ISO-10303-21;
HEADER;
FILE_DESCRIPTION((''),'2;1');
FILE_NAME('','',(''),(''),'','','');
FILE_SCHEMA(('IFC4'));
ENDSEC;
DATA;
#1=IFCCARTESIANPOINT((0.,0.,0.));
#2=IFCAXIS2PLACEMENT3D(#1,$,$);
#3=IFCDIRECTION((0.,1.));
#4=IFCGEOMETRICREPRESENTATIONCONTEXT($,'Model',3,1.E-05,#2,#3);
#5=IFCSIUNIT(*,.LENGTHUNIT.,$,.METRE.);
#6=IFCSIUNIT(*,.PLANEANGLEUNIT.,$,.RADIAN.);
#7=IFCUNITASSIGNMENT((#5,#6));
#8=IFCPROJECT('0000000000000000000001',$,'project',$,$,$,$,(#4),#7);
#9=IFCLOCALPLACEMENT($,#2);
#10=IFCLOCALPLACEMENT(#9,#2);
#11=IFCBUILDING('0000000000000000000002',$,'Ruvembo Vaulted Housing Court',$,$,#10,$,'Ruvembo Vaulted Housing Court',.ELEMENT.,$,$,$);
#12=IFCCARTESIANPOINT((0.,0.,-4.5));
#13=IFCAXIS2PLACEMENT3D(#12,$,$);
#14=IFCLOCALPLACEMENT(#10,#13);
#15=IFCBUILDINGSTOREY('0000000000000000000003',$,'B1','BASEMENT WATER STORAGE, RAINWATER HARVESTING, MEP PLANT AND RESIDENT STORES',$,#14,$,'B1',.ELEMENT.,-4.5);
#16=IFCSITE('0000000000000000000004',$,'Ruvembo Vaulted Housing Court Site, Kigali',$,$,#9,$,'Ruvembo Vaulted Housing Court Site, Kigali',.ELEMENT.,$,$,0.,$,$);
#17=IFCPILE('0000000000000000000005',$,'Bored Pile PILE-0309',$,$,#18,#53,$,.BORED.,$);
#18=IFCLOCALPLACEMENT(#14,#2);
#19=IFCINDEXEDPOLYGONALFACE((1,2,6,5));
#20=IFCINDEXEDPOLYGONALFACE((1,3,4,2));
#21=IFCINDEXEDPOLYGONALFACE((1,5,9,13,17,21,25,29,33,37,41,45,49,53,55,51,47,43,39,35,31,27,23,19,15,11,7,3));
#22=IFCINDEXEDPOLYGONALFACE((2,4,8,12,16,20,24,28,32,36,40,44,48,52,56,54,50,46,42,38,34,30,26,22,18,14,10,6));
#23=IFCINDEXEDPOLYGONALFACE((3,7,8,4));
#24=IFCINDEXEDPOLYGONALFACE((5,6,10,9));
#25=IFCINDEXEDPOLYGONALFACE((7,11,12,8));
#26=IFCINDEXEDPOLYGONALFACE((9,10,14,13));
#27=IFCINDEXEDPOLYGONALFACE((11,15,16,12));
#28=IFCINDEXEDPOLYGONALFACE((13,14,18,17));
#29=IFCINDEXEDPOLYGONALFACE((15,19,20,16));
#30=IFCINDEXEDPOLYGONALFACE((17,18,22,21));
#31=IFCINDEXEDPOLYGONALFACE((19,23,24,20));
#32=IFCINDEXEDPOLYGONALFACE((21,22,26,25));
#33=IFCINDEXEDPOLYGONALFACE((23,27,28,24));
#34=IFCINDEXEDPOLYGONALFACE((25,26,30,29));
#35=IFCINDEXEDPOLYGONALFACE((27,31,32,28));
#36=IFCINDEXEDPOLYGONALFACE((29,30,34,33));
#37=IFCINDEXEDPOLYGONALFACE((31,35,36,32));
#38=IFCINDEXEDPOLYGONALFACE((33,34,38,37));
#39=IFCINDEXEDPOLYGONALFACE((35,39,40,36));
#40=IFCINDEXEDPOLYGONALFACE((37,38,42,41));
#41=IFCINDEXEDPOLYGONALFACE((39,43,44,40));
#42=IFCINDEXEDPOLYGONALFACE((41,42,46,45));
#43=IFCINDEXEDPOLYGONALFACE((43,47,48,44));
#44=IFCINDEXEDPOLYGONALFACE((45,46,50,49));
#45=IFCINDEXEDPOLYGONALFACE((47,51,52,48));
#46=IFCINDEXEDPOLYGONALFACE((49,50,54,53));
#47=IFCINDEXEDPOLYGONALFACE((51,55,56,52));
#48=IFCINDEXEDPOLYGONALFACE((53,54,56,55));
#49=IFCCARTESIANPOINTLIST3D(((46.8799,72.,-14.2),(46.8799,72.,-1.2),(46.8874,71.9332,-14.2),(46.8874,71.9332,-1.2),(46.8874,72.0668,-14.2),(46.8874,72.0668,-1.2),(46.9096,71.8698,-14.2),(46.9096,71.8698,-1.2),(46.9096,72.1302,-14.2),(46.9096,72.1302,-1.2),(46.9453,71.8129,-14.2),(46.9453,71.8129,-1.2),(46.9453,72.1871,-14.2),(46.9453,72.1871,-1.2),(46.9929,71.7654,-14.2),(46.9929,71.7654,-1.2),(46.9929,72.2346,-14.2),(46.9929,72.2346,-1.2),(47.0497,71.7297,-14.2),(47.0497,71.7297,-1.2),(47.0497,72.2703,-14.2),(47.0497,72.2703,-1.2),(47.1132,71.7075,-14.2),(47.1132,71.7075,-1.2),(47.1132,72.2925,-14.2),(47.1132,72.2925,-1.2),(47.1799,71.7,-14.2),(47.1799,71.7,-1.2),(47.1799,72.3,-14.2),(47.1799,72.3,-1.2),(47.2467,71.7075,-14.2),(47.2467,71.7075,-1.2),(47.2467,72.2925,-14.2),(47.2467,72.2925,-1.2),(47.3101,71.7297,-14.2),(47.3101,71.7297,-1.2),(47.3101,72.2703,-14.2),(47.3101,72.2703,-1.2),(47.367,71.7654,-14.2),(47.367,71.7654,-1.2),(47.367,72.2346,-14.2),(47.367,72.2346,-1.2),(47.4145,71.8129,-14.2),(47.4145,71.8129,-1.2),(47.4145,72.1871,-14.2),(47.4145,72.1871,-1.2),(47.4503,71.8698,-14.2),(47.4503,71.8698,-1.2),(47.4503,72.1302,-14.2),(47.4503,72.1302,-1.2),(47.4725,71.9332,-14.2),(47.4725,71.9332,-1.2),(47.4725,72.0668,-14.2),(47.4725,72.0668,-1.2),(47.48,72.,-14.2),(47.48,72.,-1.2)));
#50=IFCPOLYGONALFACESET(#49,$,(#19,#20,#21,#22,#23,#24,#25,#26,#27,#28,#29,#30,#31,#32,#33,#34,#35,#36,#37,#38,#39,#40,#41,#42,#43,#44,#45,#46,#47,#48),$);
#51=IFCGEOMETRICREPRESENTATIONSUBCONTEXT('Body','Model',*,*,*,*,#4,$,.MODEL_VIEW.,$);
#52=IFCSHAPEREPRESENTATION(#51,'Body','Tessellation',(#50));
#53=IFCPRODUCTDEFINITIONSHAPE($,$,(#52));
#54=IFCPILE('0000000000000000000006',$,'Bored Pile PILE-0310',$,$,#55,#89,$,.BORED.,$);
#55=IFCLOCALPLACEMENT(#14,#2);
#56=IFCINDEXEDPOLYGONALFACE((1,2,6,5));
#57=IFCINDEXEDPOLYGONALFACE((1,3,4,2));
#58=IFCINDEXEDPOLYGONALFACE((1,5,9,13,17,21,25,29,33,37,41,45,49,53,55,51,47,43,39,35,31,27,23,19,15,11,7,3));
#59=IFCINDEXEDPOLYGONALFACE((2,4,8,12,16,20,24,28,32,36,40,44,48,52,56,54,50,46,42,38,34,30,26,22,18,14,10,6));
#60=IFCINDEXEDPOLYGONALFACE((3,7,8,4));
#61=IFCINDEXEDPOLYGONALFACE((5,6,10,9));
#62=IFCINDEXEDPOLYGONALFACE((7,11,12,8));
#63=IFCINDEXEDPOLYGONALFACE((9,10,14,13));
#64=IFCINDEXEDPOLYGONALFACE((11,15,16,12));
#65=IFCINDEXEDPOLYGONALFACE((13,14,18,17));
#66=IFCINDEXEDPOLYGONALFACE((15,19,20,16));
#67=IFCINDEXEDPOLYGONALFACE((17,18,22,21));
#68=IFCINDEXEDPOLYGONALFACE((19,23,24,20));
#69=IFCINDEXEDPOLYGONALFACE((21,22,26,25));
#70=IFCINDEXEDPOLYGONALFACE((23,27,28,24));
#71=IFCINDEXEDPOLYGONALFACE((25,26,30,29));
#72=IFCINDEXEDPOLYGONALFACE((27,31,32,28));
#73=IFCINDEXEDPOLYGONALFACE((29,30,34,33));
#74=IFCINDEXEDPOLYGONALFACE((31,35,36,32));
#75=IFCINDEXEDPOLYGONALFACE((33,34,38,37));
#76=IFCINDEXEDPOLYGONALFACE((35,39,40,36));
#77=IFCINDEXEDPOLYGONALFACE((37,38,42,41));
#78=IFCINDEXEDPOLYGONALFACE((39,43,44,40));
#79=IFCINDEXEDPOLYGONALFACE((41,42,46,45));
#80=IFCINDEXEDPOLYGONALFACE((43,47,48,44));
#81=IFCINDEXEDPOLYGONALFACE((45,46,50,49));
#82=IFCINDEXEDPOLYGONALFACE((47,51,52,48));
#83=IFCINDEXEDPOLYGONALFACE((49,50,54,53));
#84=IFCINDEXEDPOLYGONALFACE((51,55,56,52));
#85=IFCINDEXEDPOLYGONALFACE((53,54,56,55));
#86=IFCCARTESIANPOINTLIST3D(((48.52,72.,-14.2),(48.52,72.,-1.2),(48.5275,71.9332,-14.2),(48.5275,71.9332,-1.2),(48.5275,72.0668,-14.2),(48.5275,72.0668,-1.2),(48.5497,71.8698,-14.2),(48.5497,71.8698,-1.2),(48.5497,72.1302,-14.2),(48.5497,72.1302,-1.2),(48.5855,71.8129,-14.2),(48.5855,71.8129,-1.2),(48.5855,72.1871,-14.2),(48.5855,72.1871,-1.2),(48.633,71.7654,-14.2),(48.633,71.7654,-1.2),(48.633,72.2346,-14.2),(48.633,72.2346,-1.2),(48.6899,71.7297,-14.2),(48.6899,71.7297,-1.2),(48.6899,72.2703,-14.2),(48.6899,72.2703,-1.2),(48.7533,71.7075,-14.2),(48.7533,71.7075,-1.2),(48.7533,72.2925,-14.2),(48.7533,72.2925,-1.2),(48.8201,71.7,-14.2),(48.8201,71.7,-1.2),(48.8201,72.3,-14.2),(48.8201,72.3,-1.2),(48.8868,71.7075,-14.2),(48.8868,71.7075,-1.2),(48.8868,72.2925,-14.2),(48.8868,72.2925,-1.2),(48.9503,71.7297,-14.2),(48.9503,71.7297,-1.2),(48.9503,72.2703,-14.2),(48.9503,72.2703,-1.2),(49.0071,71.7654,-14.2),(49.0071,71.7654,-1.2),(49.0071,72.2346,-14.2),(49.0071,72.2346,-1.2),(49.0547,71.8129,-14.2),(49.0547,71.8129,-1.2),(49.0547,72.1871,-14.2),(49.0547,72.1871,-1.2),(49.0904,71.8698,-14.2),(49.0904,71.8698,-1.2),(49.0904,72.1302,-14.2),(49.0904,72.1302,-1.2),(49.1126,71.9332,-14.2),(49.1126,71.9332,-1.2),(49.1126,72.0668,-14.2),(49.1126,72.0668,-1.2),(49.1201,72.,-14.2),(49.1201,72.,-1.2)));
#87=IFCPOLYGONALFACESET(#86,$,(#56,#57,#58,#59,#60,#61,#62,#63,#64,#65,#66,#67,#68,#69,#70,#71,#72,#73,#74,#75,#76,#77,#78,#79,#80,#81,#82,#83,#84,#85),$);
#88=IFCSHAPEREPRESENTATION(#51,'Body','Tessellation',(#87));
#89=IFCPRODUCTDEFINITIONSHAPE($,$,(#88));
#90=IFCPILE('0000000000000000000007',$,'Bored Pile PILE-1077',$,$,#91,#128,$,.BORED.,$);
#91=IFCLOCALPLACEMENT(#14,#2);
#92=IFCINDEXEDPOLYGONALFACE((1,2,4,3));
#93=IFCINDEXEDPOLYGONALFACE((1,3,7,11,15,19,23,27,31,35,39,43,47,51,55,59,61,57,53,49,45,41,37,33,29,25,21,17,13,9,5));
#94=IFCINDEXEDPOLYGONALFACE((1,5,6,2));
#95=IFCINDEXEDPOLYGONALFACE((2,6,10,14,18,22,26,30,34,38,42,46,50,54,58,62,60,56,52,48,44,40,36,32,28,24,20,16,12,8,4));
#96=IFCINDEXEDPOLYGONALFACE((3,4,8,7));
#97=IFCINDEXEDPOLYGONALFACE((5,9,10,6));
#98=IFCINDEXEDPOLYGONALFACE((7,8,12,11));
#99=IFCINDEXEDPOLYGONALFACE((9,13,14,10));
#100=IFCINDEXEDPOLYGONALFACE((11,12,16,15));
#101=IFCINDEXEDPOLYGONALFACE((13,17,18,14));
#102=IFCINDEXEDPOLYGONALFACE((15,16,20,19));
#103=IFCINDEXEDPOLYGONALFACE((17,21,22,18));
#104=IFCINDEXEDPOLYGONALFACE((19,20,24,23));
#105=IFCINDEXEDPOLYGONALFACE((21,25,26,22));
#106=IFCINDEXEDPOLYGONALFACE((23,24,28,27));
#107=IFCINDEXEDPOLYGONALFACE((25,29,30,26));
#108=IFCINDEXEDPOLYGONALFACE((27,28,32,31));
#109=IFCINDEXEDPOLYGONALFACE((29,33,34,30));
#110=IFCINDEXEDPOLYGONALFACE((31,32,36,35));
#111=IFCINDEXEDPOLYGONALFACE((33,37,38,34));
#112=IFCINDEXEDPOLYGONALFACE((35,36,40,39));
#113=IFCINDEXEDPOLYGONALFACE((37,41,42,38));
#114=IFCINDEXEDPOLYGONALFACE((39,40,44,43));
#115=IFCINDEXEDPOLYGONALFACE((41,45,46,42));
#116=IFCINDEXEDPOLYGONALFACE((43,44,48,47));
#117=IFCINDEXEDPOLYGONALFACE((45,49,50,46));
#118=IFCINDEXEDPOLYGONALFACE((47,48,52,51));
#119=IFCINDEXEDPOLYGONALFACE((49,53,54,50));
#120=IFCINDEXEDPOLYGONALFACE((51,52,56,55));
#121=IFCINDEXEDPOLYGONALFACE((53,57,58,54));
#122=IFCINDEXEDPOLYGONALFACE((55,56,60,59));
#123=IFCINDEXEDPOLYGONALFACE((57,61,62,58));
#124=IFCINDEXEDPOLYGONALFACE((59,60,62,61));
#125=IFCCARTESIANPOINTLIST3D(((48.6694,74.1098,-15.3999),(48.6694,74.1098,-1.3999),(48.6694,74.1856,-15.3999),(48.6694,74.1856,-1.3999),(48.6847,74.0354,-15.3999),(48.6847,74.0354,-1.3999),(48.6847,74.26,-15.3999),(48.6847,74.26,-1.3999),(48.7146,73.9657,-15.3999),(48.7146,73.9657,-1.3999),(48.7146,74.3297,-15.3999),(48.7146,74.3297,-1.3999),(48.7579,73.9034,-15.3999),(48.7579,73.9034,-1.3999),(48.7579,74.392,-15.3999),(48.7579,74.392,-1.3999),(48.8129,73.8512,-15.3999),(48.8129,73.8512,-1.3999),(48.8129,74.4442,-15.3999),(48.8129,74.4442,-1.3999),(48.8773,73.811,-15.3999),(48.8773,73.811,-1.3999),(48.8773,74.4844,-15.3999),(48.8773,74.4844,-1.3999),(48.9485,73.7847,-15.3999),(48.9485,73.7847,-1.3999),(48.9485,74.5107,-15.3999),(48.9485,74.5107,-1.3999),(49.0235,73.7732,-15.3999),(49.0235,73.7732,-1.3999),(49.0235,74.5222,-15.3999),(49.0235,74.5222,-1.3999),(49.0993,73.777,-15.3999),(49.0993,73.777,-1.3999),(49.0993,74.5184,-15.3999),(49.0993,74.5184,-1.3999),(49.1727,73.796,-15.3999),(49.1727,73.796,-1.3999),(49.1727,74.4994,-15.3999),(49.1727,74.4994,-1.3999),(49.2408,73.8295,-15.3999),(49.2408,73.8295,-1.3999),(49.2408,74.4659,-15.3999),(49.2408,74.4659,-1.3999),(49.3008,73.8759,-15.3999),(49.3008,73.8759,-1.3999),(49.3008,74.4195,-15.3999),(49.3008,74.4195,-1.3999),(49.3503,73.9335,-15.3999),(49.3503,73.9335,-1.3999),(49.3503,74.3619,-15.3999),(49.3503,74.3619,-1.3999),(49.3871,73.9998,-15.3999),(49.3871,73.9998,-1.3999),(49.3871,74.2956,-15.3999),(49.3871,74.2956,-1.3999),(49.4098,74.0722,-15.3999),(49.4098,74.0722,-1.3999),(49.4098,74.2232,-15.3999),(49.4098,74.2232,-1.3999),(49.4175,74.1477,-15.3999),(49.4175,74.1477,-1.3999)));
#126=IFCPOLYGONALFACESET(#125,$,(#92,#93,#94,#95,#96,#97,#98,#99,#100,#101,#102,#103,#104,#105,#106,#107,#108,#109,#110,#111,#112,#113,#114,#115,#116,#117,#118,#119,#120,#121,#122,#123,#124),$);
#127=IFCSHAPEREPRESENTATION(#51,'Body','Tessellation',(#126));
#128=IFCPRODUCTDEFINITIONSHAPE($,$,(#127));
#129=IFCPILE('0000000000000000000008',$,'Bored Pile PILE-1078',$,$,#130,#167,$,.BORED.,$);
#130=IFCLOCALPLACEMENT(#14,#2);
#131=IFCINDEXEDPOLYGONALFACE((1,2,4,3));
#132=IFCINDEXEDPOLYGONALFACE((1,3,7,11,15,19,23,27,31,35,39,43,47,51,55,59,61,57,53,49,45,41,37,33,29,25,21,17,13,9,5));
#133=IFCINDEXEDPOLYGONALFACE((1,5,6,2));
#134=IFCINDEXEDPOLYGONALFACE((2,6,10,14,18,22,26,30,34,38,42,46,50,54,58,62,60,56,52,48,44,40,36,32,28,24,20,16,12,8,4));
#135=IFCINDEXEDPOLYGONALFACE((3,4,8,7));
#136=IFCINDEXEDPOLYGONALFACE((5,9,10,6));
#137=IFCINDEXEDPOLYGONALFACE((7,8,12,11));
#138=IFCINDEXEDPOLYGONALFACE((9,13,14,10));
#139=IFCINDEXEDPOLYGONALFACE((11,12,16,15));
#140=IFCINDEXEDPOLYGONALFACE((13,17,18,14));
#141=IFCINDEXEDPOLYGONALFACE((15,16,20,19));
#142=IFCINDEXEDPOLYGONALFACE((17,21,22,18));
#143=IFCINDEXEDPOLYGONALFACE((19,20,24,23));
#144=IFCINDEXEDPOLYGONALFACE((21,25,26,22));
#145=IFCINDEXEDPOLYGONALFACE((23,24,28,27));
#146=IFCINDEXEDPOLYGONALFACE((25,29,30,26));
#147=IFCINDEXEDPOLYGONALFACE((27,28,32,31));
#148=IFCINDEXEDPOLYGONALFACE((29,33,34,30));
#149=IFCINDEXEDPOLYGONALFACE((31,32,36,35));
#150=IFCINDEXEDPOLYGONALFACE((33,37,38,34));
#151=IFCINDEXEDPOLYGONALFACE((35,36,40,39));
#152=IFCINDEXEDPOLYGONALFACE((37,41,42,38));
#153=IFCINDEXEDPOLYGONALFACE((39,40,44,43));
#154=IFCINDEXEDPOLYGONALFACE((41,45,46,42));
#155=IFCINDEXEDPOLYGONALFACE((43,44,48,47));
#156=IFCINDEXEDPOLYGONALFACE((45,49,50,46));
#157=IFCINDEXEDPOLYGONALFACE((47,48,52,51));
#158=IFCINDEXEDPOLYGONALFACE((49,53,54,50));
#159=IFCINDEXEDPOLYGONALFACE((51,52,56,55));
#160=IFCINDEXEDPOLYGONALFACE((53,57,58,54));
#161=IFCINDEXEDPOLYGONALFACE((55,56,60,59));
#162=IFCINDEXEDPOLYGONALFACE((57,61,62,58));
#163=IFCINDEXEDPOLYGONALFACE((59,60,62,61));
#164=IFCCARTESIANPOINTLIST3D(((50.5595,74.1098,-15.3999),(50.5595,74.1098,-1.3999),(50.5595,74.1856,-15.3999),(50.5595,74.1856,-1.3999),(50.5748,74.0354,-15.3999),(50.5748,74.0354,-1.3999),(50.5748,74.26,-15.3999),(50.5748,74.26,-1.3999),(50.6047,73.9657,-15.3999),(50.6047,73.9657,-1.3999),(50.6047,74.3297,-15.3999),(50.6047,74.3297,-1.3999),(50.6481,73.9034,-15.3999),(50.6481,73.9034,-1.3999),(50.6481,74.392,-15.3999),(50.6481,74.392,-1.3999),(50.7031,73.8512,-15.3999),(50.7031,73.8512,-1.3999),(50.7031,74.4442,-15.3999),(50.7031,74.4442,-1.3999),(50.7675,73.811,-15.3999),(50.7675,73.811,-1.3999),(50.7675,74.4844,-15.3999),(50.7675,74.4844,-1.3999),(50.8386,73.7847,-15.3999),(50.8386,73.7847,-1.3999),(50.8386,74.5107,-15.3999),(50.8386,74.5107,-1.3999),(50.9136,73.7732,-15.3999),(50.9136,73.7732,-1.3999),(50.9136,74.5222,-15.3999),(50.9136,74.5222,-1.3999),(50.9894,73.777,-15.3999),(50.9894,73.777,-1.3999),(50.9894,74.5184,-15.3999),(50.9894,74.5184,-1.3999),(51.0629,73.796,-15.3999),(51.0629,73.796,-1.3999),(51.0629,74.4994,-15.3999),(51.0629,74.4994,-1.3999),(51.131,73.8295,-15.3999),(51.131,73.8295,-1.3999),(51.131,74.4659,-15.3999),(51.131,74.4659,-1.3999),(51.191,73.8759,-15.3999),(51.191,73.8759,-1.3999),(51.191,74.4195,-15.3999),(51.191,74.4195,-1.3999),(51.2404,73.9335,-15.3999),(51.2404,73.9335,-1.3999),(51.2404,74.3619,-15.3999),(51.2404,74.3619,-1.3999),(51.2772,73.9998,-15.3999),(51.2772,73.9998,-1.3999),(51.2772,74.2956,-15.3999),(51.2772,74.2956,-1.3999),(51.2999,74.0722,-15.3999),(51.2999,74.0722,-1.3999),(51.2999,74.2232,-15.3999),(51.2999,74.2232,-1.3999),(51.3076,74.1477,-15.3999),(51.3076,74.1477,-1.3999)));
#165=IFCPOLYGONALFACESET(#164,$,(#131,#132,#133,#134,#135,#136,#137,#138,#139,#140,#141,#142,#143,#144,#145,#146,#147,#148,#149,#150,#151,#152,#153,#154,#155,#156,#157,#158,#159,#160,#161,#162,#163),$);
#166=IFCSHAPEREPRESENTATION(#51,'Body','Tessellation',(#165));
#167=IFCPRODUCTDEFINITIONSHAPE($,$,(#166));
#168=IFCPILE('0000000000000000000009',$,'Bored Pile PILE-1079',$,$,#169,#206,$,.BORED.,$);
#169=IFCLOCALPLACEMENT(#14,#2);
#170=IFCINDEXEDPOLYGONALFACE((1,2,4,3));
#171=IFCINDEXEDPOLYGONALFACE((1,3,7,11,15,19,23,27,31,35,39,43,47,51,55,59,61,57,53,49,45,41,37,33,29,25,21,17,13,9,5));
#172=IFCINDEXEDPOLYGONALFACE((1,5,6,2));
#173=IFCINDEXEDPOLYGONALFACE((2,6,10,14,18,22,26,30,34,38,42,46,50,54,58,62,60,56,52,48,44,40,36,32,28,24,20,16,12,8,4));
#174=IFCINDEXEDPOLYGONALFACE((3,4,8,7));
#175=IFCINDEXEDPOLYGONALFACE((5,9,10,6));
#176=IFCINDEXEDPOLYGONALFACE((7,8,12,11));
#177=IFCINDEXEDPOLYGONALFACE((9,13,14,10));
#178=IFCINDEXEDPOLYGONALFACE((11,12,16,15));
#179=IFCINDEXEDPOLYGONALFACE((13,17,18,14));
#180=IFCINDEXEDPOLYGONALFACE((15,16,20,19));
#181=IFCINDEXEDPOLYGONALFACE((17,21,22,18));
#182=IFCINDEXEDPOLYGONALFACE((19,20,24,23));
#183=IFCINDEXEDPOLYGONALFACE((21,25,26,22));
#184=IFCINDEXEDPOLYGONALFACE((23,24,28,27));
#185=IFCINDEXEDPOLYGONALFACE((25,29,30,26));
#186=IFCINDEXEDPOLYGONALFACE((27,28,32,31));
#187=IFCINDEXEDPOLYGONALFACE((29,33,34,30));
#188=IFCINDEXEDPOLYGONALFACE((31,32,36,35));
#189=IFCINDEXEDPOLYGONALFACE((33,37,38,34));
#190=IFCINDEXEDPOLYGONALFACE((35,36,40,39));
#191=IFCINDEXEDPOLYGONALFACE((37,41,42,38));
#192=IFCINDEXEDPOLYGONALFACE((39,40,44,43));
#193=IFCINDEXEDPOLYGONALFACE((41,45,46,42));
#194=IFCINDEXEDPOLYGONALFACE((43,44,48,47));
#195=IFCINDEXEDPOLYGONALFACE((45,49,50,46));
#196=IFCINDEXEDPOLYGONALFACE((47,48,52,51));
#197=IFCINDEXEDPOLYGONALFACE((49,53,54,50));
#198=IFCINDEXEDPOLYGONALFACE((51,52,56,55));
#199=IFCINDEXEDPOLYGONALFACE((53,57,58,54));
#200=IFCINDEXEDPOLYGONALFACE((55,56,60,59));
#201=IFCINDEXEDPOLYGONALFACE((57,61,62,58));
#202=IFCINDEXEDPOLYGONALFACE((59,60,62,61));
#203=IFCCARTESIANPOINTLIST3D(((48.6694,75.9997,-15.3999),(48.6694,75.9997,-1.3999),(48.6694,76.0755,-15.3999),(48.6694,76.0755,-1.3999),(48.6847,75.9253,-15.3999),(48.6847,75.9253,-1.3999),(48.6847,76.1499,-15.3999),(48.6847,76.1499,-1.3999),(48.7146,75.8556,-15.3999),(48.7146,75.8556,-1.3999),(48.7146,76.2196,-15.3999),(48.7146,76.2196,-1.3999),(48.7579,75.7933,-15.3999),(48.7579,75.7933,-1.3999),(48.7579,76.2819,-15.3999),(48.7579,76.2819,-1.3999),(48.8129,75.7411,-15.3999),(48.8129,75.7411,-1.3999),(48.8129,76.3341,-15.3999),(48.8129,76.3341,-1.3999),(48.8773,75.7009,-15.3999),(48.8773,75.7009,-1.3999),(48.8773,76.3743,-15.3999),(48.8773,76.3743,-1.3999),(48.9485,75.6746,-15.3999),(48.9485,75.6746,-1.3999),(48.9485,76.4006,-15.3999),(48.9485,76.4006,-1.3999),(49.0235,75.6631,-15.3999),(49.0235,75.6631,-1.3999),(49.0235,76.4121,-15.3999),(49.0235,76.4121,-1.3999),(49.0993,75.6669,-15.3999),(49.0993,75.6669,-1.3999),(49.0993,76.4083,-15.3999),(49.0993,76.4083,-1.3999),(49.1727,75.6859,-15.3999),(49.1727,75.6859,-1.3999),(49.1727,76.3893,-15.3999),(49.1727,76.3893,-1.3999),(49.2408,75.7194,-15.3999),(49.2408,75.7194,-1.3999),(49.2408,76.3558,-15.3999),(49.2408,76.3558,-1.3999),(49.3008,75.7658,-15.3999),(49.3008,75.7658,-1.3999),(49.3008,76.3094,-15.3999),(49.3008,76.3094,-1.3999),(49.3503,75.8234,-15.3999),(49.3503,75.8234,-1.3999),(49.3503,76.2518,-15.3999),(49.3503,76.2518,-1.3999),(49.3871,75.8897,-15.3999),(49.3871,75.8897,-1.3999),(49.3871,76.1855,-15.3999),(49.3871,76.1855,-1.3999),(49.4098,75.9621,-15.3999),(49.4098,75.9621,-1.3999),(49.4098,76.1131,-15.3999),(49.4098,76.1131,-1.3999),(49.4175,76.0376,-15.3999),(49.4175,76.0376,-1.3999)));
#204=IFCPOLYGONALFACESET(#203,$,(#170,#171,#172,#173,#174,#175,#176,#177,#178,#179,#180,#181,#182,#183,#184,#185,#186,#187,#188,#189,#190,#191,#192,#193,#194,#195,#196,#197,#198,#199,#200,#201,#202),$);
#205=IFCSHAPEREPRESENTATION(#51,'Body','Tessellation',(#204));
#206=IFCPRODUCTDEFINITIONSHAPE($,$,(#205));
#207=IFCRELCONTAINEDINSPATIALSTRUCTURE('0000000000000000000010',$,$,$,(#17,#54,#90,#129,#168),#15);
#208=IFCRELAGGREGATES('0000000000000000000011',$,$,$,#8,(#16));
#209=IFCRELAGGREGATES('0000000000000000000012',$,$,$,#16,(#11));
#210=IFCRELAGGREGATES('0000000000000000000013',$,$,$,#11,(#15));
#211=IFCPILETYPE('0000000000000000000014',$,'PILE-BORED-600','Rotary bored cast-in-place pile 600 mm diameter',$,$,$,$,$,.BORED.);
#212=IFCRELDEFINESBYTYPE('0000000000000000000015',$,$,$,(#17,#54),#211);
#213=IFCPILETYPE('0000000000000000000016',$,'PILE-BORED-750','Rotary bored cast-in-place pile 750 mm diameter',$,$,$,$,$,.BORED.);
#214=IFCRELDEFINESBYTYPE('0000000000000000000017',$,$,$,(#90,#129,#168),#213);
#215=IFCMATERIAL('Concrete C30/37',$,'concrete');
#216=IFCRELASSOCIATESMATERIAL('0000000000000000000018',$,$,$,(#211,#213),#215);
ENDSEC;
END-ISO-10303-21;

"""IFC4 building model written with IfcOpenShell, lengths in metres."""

from ifc_helpers import new_model, si_unit, direction, frame, origin, origin_2d, place, context, subcontext, project, spatial, circle, extrude, material, material_profile, profile_set, type_object, element, save


model = new_model("IFC4")

# Units and contexts
model_context = context("Model", 3, precision=1e-05, world=origin(), true_north=direction((0.0, 1.0)))
body_context = subcontext(model_context, "Body", "Model", "MODEL_VIEW")
ifc_project = project(units=[si_unit("LENGTHUNIT", "METRE"), si_unit("PLANEANGLEUNIT", "RADIAN")], contexts=[model_context])

# Site, building, storey
site_placement = place(None, origin())
site = spatial("IfcSite", under=ifc_project, at=site_placement, Name="Ruvembo Vaulted Housing Court Site, Kigali", LongName="Ruvembo Vaulted Housing Court Site, Kigali", CompositionType="ELEMENT", RefElevation=0.0)
building_placement = place(site_placement, origin())
building = spatial("IfcBuilding", under=site, at=building_placement, Name="Ruvembo Vaulted Housing Court", LongName="Ruvembo Vaulted Housing Court", CompositionType="ELEMENT")
storey_placement = place(building_placement, frame((0.0, 0.0, -4.5)))
storey = spatial("IfcBuildingStorey", under=building, at=storey_placement, Name="B1", Description="BASEMENT WATER STORAGE, RAINWATER HARVESTING, MEP PLANT AND RESIDENT STORES", LongName="B1", CompositionType="ELEMENT", Elevation=-4.5)

# Piles
ifc_material_1 = material(Name="Concrete C30/37", Category="concrete")
ifc_material_profile_1 = material_profile(ifc_material_1, circle(Radius=0.3, at=origin_2d()), Name="PILE D600")
ifc_profile_set_1 = profile_set([ifc_material_profile_1], Name="Concrete C30/37")
pile_type_1 = type_object("IfcPileType", Name="PILE-BORED-600", Description="Rotary bored cast-in-place pile 600 mm diameter", PredefinedType="BORED", material=ifc_profile_set_1)
for number, where, z_axis, x_axis, name in (
    (1, (47.1799, 72.0, -1.2), (0.0, 0.0, -1.0), (1.0, 0.0, 0.0), "Bored Pile PILE-0309"),
    (2, (48.8201, 72.0, -1.2), (0.0, 0.0, -1.0), (1.0, 0.0, 0.0), "Bored Pile PILE-0310"),
):
    element("IfcPile", number, at=place(storey_placement, frame(where, z_axis=z_axis, x_axis=x_axis)), inside=storey, type_object=pile_type_1, Name=name, PredefinedType="BORED", context=body_context, shape_type="SweptSolid", body=[
        extrude(circle(Radius=0.3, at=origin_2d()), origin(), (0.0, 0.0, 1.0), 13.0),
    ])
ifc_material_profile_2 = material_profile(ifc_material_1, circle(Radius=0.375, at=origin_2d()), Name="PILE D750")
ifc_profile_set_2 = profile_set([ifc_material_profile_2], Name="Concrete C30/37")
pile_type_2 = type_object("IfcPileType", Name="PILE-BORED-750", Description="Rotary bored cast-in-place pile 750 mm diameter", PredefinedType="BORED", material=ifc_profile_set_2)
for number, where, z_axis, x_axis, name in (
    (3, (49.0425, 74.1477, -1.3999), (0.0, 0.0, -1.0), (1.0, 0.0, 0.0), "Bored Pile PILE-1077"),
    (4, (50.9326, 74.1477, -1.3999), (0.0, 0.0, -1.0), (1.0, 0.0, 0.0), "Bored Pile PILE-1078"),
    (5, (49.0425, 76.0376, -1.3999), (0.0, 0.0, -1.0), (1.0, 0.0, 0.0), "Bored Pile PILE-1079"),
):
    element("IfcPile", number, at=place(storey_placement, frame(where, z_axis=z_axis, x_axis=x_axis)), inside=storey, type_object=pile_type_2, Name=name, PredefinedType="BORED", context=body_context, shape_type="SweptSolid", body=[
        extrude(circle(Radius=0.375, at=origin_2d()), origin(), (0.0, 0.0, 1.0), 14.0),
    ])

save(model, "model.ifc")
